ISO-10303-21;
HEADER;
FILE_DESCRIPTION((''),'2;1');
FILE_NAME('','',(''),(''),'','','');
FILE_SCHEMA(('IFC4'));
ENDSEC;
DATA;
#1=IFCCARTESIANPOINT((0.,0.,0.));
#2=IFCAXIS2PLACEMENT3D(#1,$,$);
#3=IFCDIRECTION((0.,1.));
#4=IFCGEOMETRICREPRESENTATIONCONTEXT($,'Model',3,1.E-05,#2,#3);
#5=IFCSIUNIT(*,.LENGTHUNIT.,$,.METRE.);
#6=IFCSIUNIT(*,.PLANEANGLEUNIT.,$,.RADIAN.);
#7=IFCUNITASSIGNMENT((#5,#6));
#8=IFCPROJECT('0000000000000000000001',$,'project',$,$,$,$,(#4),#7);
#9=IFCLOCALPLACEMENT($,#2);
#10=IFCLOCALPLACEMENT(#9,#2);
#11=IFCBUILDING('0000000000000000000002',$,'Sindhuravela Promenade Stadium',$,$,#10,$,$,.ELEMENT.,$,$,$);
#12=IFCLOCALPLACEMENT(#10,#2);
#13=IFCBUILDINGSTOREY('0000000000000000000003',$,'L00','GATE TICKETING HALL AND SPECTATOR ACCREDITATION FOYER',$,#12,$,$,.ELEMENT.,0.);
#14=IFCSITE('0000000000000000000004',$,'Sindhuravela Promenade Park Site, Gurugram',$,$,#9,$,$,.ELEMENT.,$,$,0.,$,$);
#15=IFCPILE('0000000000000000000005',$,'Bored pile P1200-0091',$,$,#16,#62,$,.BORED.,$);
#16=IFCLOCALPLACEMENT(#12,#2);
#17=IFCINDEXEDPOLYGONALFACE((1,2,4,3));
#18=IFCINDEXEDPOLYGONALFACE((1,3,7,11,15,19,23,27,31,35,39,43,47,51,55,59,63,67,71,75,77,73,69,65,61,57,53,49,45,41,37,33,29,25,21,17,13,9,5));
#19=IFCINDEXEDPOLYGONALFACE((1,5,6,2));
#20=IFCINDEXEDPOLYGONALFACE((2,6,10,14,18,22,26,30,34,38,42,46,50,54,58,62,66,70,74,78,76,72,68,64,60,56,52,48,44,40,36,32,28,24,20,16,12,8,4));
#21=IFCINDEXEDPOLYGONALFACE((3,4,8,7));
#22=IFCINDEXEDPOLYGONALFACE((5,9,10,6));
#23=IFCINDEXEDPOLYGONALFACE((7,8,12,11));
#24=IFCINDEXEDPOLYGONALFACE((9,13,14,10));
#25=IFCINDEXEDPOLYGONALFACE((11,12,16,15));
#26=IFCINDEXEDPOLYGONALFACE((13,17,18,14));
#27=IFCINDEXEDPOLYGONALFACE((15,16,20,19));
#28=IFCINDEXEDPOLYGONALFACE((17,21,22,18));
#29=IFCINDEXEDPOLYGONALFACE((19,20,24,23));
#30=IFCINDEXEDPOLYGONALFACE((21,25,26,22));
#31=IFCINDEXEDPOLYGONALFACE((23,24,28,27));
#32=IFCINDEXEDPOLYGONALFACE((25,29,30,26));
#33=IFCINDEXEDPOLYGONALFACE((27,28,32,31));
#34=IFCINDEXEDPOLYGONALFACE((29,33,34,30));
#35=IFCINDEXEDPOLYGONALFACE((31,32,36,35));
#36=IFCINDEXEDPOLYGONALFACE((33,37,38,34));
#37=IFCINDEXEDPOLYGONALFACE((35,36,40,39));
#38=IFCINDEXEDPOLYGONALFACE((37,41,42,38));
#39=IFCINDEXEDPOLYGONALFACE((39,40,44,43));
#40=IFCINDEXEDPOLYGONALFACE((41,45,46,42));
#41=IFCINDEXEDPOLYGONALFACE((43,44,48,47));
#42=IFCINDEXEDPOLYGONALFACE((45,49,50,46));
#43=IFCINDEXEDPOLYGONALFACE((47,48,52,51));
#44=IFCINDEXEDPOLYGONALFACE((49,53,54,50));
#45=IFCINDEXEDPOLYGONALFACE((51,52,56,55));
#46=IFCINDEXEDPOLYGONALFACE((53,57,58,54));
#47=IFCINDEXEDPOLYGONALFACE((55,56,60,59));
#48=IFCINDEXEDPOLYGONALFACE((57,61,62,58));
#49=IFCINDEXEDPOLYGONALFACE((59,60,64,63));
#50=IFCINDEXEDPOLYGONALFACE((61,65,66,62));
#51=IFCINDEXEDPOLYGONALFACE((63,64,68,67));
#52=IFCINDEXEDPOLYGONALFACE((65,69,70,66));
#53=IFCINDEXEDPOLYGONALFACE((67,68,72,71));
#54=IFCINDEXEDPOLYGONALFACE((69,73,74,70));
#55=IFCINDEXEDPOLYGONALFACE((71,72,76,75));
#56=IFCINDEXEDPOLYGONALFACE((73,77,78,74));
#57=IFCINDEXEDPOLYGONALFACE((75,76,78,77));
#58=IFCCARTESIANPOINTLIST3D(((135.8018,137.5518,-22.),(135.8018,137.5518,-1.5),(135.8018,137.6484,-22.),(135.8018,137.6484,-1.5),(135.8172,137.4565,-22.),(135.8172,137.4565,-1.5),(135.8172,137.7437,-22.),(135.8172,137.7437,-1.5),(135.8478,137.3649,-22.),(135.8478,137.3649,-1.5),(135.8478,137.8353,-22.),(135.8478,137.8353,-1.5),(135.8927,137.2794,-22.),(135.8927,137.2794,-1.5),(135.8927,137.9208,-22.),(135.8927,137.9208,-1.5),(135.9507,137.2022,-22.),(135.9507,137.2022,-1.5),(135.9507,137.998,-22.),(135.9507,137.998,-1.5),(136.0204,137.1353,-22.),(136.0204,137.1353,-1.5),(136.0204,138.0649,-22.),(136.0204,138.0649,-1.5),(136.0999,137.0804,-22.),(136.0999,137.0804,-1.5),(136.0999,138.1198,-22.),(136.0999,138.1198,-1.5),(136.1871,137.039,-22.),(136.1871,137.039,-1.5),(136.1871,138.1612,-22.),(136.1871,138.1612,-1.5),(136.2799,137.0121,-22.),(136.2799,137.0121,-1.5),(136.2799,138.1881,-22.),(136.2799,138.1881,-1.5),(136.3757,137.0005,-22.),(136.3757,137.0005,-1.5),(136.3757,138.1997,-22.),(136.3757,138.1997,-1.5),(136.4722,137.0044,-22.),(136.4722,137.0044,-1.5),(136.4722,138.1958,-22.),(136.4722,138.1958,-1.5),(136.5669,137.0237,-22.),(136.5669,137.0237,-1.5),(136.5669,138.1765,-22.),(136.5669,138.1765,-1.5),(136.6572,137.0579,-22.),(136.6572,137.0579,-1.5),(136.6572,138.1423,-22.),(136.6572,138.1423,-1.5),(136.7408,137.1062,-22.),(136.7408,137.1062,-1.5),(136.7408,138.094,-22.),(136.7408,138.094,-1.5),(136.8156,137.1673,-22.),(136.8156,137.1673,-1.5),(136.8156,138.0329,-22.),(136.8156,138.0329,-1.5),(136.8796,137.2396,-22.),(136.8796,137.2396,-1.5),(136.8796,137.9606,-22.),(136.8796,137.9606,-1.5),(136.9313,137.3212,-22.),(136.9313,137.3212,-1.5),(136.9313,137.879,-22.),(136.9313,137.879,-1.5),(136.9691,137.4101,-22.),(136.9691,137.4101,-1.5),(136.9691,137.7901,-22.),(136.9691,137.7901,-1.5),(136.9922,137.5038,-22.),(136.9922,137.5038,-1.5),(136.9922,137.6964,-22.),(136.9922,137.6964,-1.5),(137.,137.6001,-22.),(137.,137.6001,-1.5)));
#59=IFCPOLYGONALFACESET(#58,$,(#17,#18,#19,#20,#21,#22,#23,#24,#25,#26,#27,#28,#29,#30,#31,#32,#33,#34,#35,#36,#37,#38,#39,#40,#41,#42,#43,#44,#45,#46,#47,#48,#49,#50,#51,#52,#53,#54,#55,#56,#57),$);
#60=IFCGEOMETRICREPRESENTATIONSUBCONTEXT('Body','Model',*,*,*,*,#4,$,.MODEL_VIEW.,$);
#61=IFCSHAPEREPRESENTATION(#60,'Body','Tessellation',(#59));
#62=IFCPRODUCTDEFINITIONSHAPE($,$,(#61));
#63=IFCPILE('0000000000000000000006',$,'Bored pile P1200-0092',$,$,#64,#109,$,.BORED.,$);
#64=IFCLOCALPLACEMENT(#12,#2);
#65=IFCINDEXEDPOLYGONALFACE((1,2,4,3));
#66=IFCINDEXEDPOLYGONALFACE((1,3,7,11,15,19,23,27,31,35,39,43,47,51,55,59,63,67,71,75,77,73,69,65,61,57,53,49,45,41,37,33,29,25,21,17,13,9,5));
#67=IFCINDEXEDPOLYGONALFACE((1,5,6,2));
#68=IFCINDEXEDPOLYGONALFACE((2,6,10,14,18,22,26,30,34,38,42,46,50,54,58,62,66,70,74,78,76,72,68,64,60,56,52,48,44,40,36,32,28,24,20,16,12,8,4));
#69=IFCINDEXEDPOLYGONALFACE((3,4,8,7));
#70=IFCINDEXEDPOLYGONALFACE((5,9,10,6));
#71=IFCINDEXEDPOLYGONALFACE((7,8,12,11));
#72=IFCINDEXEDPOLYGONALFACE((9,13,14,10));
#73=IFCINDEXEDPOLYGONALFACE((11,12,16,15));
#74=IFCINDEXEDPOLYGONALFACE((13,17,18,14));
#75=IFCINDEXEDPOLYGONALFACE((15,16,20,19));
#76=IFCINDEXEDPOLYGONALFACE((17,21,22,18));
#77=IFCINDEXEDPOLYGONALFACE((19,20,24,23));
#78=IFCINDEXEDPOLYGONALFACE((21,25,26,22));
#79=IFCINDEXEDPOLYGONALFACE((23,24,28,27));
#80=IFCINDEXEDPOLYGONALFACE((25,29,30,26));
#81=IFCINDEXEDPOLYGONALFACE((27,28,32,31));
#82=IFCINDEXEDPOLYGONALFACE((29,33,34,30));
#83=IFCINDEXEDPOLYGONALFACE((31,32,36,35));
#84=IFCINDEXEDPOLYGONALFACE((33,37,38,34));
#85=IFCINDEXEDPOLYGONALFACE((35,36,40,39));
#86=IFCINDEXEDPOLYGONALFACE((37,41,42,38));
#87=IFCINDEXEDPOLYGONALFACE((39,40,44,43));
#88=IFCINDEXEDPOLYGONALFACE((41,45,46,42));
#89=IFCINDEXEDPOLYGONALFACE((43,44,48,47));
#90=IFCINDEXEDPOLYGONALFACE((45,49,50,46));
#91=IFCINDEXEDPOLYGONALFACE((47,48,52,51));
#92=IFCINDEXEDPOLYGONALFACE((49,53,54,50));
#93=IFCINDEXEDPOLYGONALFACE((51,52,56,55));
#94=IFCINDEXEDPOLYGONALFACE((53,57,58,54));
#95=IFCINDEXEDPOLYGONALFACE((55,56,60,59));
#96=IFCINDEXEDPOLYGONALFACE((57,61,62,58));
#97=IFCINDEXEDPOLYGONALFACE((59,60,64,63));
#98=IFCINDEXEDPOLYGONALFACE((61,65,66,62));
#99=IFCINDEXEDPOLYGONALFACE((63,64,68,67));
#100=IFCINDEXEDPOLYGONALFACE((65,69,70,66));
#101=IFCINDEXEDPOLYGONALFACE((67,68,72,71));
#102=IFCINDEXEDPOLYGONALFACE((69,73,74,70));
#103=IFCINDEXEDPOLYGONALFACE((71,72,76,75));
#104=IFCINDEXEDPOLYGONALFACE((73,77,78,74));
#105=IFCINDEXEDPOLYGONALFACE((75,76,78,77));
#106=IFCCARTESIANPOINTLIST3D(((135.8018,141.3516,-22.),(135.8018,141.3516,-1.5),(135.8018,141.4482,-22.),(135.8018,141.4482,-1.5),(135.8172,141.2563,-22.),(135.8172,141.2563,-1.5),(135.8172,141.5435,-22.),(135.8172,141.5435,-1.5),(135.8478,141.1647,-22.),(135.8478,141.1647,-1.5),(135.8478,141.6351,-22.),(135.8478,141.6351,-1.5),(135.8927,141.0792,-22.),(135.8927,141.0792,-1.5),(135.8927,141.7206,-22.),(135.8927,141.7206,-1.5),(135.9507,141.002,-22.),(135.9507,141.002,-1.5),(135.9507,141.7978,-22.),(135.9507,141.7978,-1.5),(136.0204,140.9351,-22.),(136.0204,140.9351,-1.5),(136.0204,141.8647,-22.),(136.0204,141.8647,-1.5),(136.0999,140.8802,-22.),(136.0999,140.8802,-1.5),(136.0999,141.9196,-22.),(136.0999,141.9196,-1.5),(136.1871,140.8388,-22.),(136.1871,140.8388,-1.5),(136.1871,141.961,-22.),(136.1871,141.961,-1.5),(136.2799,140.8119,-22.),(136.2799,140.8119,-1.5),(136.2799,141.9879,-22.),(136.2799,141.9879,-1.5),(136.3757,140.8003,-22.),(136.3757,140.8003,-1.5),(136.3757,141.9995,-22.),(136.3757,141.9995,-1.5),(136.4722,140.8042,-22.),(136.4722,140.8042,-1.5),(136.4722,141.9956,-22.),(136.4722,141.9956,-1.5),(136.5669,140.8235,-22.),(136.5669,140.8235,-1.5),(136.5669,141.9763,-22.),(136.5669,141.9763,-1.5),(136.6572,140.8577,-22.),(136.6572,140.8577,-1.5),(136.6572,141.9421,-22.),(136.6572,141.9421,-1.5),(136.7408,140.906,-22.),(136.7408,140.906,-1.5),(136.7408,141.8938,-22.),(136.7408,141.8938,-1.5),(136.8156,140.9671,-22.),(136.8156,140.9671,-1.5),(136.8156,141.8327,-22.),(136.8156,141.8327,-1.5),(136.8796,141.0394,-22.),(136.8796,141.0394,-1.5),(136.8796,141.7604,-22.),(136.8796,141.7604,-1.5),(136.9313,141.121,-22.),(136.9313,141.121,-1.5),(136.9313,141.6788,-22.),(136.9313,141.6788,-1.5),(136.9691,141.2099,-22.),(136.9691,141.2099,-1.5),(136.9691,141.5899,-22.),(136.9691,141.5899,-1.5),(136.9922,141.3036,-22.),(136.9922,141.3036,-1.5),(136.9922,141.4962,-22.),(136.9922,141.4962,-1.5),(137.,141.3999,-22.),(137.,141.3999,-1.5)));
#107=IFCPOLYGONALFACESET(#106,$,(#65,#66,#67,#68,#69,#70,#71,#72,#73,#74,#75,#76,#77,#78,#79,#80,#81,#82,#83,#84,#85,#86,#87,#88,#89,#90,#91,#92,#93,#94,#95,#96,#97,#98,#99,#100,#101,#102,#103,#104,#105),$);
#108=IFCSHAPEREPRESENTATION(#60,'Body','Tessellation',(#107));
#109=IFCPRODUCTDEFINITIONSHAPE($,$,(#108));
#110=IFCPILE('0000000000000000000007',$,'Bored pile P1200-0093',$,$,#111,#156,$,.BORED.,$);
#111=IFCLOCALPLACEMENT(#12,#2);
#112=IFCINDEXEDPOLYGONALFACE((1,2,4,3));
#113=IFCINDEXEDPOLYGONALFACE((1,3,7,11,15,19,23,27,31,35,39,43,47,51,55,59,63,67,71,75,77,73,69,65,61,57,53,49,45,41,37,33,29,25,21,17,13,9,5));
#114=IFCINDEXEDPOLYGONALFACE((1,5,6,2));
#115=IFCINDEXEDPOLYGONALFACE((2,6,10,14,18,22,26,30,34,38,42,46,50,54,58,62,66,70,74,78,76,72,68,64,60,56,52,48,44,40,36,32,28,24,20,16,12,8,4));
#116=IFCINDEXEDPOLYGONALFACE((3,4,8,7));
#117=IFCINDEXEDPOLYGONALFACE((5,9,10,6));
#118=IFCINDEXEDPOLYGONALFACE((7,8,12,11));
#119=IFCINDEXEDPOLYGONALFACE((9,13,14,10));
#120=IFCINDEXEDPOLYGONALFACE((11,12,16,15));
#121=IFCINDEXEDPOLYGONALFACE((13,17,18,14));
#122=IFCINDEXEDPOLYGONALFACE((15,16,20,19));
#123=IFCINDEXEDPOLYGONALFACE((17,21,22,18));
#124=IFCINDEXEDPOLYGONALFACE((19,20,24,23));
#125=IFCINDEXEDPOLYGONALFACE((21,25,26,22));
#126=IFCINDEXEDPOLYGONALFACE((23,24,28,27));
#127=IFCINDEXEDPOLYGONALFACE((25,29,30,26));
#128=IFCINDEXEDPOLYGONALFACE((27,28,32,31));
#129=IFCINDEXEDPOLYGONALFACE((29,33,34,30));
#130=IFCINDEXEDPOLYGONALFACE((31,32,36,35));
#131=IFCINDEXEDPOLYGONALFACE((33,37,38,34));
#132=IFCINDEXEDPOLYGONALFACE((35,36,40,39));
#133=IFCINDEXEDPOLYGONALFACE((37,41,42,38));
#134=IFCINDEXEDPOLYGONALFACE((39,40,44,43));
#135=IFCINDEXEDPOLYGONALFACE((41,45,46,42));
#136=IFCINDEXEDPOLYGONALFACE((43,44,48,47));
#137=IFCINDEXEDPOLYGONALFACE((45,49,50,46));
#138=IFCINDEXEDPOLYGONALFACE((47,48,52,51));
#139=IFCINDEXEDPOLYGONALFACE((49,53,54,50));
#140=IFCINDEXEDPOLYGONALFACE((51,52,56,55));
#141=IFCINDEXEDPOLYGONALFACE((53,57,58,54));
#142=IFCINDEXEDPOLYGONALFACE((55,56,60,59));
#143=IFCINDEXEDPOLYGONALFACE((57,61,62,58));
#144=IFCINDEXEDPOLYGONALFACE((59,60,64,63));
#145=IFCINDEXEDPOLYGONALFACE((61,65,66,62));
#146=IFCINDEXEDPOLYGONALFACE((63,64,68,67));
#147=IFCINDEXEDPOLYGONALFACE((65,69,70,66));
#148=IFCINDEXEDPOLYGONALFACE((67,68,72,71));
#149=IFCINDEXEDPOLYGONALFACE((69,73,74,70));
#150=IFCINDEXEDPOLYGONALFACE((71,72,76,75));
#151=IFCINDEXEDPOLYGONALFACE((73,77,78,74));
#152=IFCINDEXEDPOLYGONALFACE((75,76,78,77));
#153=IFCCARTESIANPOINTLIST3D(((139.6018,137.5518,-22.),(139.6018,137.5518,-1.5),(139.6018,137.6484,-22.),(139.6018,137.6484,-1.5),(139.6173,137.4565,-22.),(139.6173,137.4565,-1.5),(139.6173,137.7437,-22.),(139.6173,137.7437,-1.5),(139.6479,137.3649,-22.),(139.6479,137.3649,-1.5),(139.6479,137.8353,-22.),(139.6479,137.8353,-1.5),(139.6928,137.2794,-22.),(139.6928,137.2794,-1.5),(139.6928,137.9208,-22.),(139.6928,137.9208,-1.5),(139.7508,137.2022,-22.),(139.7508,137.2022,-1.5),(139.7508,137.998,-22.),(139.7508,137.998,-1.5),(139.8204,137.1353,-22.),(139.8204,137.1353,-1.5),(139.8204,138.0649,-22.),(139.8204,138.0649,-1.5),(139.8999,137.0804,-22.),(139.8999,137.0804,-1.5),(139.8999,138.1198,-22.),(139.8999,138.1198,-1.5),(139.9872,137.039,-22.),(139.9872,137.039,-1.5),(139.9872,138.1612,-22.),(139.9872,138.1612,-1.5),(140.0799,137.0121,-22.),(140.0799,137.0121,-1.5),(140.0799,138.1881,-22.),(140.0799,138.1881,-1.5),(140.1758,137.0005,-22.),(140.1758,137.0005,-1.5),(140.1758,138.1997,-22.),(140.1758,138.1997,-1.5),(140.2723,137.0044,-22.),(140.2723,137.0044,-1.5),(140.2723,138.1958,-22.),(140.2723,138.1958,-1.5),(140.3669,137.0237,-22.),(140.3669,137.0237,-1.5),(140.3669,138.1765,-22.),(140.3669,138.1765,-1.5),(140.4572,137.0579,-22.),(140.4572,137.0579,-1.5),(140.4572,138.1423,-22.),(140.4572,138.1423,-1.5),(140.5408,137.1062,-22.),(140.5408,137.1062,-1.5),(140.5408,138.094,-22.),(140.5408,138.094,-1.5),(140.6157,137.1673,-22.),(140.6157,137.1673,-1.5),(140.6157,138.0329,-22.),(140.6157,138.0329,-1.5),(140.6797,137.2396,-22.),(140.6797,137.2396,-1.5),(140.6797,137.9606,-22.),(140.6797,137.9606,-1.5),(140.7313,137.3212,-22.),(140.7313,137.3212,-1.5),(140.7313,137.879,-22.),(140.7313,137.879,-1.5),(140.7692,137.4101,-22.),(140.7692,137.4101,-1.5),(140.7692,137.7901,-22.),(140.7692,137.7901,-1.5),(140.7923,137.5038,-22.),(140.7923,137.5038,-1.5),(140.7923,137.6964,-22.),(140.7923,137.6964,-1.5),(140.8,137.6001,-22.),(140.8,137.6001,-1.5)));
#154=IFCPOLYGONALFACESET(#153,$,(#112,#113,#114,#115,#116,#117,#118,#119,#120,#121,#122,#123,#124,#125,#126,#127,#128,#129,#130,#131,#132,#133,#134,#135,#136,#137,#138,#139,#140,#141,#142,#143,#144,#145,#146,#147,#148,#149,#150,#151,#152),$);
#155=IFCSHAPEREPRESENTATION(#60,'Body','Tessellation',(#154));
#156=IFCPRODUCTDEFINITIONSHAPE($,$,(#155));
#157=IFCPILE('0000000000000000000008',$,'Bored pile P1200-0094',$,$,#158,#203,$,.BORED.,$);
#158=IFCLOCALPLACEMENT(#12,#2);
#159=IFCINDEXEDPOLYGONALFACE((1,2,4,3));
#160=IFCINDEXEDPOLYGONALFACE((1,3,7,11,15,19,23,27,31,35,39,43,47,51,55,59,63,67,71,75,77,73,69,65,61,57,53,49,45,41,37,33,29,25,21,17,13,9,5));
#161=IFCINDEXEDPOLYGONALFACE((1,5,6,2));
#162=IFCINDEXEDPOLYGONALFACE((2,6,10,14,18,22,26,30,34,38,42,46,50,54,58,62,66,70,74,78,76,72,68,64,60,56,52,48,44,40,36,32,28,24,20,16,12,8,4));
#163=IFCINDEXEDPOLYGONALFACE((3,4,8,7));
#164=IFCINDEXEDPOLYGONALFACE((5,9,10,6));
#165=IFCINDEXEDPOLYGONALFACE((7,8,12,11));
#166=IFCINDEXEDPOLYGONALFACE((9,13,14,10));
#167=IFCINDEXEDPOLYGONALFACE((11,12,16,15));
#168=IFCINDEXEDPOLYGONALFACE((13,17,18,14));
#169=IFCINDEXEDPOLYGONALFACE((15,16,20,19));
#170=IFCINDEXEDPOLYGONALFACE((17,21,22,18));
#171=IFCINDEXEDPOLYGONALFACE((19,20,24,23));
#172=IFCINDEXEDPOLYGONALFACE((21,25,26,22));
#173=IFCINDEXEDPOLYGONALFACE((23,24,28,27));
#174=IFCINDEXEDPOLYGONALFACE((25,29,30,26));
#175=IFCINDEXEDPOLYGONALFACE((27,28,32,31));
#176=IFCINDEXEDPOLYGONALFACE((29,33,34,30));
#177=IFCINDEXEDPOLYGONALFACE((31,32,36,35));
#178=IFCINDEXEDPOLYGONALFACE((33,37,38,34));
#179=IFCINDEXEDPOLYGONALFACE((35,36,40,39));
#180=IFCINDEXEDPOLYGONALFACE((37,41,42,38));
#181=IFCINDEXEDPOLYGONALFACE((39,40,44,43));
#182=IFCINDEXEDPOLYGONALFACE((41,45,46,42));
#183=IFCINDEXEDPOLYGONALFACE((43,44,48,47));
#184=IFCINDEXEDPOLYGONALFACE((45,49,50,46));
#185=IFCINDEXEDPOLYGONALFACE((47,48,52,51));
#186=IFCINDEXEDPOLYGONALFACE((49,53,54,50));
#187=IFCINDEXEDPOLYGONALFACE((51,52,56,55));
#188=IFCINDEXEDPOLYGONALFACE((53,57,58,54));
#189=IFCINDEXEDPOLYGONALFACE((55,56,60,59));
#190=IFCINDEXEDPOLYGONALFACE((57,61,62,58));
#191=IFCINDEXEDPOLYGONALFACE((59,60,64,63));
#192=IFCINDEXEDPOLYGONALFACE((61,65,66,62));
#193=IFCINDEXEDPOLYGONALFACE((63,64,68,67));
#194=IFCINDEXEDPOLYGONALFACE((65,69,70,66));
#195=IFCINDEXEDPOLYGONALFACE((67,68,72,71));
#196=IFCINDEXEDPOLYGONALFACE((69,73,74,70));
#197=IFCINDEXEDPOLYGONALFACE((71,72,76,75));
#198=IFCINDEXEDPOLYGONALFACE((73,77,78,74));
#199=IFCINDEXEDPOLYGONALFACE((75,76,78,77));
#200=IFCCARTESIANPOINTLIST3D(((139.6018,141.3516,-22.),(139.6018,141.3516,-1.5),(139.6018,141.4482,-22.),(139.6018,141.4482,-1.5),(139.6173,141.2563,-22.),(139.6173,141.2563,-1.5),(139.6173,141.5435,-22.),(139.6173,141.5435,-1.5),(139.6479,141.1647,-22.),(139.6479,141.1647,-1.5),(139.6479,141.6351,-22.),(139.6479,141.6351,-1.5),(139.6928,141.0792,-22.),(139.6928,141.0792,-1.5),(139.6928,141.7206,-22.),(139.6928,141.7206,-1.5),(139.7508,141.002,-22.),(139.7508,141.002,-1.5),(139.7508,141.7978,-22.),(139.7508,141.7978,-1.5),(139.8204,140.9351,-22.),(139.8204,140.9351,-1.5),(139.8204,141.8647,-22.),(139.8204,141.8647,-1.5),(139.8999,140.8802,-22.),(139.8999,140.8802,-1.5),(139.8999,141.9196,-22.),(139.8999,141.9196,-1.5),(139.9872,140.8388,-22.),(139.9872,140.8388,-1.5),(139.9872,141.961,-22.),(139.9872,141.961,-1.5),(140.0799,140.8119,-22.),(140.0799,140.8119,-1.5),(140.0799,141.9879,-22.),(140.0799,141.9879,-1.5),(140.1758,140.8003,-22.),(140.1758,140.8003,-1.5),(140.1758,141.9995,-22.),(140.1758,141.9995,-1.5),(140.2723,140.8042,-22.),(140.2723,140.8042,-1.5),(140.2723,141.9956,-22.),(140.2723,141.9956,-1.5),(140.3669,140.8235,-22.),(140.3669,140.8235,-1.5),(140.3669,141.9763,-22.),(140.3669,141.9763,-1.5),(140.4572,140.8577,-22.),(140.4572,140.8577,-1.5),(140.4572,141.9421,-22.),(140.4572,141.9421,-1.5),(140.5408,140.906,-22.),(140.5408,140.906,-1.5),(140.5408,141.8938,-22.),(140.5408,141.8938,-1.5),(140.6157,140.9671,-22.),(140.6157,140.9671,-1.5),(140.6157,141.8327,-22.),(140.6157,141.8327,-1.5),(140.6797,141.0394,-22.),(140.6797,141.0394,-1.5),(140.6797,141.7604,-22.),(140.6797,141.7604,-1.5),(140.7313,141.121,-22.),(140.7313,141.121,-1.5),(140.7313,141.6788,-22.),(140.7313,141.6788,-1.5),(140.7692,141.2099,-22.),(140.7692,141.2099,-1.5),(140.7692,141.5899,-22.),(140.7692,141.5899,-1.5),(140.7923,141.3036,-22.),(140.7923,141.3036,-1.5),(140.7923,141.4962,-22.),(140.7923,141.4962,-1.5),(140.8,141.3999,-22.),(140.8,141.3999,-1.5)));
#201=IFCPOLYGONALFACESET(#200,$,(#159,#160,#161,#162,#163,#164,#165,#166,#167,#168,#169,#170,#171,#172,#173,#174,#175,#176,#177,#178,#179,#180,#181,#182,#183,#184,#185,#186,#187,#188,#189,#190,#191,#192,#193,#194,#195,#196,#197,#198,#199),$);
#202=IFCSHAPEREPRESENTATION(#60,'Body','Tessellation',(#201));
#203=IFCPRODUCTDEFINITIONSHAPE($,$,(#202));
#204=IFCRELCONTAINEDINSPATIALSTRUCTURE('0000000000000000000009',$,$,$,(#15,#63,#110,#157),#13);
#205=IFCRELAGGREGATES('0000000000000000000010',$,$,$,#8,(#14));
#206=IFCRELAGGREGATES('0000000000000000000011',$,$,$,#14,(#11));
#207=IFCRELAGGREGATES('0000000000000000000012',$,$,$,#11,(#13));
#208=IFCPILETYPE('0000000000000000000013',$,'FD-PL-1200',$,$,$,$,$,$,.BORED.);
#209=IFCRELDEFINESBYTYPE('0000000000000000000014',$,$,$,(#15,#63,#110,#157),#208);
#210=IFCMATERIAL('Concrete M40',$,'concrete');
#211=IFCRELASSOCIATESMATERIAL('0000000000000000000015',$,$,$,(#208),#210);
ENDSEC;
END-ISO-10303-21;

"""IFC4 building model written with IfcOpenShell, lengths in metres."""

from ifc_helpers import new_model, si_unit, direction, frame, origin, origin_2d, place, context, subcontext, project, spatial, circle, extrude, material, material_profile, profile_set, type_object, element, save


model = new_model("IFC4")

# Units and contexts
model_context = context("Model", 3, precision=1e-05, world=origin(), true_north=direction((0.0, 1.0)))
body_context = subcontext(model_context, "Body", "Model", "MODEL_VIEW")
ifc_project = project(units=[si_unit("LENGTHUNIT", "METRE"), si_unit("PLANEANGLEUNIT", "RADIAN")], contexts=[model_context])

# Site, building, storey
site_placement = place(None, origin())
site = spatial("IfcSite", under=ifc_project, at=site_placement, Name="Sindhuravela Promenade Park Site, Gurugram", CompositionType="ELEMENT", RefElevation=0.0)
building_placement = place(site_placement, origin())
building = spatial("IfcBuilding", under=site, at=building_placement, Name="Sindhuravela Promenade Stadium", CompositionType="ELEMENT")
storey_placement = place(building_placement, origin())
storey = spatial("IfcBuildingStorey", under=building, at=storey_placement, Name="L00", Description="GATE TICKETING HALL AND SPECTATOR ACCREDITATION FOYER", CompositionType="ELEMENT", Elevation=0.0)

# Piles
ifc_material_1 = material(Name="Concrete M40", Category="concrete")
ifc_material_profile_1 = material_profile(ifc_material_1, circle(Radius=0.6001, at=origin_2d()), Name="BORED PILE D1200")
ifc_profile_set_1 = profile_set([ifc_material_profile_1], Name="Concrete M40")
pile_type_1 = type_object("IfcPileType", Name="FD-PL-1200", PredefinedType="BORED", material=ifc_profile_set_1)
for number, where, z_axis, x_axis, name in (
    (1, (136.3999, 137.6001, -1.5), (0.0, 0.0, -1.0), (1.0, 0.0, 0.0), "Bored pile P1200-0091"),
    (2, (136.3999, 141.3999, -1.5), (0.0, 0.0, -1.0), (1.0, 0.0, 0.0), "Bored pile P1200-0092"),
    (3, (140.2, 137.6001, -1.5), (0.0, 0.0, -1.0), (1.0, 0.0, 0.0), "Bored pile P1200-0093"),
    (4, (140.2, 141.3999, -1.5), (0.0, 0.0, -1.0), (1.0, 0.0, 0.0), "Bored pile P1200-0094"),
):
    element("IfcPile", number, at=place(storey_placement, frame(where, z_axis=z_axis, x_axis=x_axis)), inside=storey, type_object=pile_type_1, Name=name, PredefinedType="BORED", context=body_context, shape_type="SweptSolid", body=[
        extrude(circle(Radius=0.6001, at=origin_2d()), origin(), (0.0, 0.0, 1.0), 20.5),
    ])

save(model, "model.ifc")
